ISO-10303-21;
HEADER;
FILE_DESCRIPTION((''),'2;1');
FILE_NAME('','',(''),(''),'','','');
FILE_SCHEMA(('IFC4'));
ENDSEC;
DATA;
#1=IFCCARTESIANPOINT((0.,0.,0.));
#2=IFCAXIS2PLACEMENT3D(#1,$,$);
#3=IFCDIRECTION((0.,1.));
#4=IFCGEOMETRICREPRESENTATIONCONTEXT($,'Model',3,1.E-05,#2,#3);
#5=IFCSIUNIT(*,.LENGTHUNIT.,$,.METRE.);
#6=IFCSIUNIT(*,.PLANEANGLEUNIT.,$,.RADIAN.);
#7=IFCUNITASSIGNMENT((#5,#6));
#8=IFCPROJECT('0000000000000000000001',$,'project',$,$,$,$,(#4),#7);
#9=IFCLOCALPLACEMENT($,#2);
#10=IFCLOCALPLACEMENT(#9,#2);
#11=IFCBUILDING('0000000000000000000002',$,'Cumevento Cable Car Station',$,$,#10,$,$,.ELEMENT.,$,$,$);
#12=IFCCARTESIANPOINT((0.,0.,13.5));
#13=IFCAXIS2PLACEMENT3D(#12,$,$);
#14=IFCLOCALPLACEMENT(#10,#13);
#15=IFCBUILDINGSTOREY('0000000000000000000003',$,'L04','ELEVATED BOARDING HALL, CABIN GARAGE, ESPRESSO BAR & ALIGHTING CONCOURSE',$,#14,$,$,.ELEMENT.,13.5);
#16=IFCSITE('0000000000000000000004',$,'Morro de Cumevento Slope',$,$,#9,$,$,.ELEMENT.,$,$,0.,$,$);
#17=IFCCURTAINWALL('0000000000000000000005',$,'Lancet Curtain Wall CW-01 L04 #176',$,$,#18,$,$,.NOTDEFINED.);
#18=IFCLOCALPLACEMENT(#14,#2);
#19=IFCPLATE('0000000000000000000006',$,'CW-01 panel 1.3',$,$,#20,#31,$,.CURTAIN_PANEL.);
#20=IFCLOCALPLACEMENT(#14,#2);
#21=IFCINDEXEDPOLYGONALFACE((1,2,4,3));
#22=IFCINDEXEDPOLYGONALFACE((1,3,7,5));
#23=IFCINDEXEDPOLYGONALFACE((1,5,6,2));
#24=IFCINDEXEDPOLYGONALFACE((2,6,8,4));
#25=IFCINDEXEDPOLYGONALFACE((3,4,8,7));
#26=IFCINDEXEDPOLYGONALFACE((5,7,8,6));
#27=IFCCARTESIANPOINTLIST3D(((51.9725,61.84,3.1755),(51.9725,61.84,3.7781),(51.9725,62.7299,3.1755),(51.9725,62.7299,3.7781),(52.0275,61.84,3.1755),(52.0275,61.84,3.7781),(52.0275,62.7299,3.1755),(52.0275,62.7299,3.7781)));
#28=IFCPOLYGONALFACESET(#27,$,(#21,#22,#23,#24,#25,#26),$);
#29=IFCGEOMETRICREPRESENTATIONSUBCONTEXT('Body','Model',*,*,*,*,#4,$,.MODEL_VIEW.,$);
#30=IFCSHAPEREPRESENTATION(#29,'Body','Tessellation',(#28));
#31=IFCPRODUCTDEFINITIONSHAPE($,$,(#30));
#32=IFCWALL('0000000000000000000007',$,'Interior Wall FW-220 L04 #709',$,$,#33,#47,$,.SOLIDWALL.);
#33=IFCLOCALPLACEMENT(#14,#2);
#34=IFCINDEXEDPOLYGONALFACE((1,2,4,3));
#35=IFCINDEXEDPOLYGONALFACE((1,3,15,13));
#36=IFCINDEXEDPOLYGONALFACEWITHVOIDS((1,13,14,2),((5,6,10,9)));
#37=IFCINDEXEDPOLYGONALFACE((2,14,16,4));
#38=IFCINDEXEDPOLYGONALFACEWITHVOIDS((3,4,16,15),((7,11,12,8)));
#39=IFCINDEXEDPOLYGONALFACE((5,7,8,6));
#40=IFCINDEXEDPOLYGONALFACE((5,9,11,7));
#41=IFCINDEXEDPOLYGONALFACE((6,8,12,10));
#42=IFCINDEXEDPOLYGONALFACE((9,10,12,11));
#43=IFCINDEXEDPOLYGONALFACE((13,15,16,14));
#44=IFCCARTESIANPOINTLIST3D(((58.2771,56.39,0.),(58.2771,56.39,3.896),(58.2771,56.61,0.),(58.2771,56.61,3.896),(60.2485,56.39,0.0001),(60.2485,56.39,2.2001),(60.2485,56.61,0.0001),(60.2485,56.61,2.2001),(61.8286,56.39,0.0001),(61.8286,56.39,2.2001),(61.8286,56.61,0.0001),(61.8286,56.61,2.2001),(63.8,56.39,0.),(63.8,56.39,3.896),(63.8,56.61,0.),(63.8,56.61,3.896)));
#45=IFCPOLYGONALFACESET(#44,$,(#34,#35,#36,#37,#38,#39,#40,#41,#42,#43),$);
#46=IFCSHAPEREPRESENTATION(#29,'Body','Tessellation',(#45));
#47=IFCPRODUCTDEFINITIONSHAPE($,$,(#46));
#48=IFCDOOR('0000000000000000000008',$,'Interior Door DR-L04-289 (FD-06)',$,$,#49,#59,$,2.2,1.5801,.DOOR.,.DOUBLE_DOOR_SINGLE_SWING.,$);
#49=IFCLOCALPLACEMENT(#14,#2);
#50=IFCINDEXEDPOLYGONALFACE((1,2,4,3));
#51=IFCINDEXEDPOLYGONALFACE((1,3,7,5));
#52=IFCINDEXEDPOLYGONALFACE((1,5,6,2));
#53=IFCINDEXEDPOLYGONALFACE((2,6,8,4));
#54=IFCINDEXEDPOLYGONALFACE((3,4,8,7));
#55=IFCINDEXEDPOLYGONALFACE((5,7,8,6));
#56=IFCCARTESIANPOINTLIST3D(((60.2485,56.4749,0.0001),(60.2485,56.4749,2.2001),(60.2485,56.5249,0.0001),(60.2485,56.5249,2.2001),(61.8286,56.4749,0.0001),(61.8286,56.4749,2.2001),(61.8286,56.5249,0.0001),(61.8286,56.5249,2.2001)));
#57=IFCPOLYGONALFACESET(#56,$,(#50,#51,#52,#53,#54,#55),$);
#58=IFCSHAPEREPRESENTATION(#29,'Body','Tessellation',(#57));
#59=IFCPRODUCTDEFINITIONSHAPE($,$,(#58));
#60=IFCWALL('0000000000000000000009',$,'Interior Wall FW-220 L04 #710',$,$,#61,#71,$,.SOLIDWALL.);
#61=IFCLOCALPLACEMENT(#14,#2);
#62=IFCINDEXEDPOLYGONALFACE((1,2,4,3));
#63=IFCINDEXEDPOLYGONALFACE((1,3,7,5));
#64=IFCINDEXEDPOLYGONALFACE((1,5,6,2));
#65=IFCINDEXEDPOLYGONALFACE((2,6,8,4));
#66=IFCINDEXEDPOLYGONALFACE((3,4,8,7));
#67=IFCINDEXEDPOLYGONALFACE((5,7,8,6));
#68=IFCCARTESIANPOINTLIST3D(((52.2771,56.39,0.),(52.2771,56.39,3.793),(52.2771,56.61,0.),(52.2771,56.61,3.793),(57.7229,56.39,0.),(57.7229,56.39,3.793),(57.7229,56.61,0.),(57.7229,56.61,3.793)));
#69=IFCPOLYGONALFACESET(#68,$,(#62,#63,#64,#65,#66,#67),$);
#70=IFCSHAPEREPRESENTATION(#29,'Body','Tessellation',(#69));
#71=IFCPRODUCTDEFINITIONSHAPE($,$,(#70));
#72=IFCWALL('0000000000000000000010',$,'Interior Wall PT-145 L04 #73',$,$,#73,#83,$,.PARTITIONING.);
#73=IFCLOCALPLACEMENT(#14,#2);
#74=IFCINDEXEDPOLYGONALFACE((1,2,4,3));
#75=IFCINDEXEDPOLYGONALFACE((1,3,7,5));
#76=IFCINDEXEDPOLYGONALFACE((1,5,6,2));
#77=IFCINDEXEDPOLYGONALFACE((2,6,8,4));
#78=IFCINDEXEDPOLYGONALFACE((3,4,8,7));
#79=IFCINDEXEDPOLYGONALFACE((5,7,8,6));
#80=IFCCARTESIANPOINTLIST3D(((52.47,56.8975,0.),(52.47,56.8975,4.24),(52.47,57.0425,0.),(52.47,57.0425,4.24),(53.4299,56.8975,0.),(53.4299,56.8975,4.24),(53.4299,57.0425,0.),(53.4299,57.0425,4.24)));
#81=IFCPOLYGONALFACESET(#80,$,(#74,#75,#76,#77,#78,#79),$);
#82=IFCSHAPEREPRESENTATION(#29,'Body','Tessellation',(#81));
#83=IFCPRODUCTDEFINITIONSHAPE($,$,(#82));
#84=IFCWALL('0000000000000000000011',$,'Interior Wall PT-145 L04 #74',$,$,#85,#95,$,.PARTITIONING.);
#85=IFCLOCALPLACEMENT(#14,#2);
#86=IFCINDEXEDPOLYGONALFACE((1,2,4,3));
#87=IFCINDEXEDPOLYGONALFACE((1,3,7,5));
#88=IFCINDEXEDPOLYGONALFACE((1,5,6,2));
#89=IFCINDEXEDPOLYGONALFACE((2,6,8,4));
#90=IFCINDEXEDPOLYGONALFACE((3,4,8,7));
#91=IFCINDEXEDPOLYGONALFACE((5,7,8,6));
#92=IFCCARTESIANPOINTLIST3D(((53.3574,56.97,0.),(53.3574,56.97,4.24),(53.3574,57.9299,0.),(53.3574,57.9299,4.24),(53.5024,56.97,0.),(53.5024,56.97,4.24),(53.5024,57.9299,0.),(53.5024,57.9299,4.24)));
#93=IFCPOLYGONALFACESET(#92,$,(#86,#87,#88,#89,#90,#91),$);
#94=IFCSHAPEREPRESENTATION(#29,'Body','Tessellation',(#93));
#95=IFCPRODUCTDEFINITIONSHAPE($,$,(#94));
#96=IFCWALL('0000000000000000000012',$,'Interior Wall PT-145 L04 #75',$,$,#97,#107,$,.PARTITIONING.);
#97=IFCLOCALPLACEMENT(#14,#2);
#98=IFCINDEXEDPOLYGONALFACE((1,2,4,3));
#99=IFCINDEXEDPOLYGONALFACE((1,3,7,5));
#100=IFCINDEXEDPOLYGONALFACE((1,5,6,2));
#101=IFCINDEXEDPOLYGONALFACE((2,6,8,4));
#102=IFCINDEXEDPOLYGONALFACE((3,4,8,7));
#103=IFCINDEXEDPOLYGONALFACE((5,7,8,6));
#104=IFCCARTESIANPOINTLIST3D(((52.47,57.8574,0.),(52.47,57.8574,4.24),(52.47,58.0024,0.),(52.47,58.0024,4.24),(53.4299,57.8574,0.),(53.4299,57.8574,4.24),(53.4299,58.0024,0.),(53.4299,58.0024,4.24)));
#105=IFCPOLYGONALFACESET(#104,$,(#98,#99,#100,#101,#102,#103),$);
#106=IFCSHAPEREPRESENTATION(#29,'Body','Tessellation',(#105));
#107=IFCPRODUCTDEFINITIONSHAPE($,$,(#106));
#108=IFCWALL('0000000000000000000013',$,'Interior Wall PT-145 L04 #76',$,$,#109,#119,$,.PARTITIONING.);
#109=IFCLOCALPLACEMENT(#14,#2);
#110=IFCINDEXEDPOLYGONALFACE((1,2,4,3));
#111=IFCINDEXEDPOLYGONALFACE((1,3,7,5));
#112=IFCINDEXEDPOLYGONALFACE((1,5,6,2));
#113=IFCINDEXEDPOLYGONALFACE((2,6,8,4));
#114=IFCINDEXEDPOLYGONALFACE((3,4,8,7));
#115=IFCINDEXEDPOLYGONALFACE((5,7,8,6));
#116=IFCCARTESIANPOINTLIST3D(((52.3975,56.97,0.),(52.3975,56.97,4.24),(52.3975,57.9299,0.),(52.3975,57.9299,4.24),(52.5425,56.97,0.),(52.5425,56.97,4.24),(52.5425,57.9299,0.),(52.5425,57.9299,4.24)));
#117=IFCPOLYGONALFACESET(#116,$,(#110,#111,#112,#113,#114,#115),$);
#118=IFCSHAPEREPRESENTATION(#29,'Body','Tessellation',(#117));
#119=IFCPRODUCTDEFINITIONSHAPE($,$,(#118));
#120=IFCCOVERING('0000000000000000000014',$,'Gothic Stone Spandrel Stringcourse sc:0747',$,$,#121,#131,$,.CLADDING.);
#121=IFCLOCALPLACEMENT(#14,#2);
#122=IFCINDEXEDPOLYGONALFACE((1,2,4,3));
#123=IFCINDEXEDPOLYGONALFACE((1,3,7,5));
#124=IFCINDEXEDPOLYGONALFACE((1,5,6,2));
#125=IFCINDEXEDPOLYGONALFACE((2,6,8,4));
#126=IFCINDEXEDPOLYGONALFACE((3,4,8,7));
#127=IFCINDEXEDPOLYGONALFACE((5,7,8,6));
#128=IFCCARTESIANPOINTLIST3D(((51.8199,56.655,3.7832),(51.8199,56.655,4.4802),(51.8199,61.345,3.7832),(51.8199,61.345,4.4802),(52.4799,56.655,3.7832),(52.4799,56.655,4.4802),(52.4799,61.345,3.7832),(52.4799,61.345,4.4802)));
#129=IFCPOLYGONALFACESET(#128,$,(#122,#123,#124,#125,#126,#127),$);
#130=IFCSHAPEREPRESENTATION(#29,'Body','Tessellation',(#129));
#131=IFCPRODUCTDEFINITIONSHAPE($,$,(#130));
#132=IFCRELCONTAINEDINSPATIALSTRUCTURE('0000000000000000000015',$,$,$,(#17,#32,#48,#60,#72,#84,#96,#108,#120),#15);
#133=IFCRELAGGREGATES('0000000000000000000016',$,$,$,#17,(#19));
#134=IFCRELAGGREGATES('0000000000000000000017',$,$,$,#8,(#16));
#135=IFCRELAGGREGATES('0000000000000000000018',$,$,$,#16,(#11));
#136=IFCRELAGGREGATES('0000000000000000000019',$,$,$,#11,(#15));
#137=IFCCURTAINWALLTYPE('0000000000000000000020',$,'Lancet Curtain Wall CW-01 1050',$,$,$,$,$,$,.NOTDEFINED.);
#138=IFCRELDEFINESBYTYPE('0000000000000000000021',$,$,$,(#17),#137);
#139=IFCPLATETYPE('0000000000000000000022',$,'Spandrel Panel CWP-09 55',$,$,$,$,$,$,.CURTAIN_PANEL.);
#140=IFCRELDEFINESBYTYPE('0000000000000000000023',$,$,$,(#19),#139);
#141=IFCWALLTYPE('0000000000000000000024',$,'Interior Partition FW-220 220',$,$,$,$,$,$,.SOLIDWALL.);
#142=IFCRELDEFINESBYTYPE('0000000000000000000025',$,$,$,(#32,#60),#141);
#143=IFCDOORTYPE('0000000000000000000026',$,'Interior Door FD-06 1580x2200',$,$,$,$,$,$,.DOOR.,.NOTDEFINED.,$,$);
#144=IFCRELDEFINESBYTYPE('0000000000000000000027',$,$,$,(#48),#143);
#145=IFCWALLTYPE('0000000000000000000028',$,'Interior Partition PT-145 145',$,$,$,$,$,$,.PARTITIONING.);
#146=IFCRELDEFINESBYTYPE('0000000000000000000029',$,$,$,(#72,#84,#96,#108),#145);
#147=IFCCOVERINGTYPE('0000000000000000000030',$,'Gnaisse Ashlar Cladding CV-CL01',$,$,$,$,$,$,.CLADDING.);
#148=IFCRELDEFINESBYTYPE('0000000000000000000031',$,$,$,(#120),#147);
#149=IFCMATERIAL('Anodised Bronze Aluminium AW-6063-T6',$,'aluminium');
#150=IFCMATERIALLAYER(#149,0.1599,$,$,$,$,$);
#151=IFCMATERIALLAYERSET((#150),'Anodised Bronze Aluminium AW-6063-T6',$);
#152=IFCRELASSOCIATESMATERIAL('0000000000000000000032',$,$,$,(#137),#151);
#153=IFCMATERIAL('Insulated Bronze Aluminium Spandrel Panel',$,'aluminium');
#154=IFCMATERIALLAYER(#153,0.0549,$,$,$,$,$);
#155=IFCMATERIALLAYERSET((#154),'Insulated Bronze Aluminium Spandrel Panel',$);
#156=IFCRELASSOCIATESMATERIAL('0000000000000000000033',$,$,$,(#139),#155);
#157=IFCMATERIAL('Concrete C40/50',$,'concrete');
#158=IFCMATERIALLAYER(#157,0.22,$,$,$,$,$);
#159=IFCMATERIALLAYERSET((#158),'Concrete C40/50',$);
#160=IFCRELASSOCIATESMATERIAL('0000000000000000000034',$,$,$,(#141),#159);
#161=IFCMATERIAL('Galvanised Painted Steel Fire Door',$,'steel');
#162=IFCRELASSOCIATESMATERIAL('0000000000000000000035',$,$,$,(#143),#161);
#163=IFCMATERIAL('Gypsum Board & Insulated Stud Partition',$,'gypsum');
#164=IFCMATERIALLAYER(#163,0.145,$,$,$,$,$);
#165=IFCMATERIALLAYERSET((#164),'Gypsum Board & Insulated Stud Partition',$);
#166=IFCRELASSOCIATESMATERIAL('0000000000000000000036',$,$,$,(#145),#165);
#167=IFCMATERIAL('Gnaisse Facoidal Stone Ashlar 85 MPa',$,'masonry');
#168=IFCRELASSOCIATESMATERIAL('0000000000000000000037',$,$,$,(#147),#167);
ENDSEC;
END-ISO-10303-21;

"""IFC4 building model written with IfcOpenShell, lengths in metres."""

from ifc_helpers import new_model, si_unit, direction, frame, frame_2d, origin, origin_2d, place, context, subcontext, project, spatial, rectangle, extrude, material, layer, layer_set, type_object, element, fill, aggregate, save


model = new_model("IFC4")

# Units and contexts
model_context = context("Model", 3, precision=1e-05, world=origin(), true_north=direction((0.0, 1.0)))
body_context = subcontext(model_context, "Body", "Model", "MODEL_VIEW")
ifc_project = project(units=[si_unit("LENGTHUNIT", "METRE"), si_unit("PLANEANGLEUNIT", "RADIAN")], contexts=[model_context])

# Site, building, storey
site_placement = place(None, origin())
site = spatial("IfcSite", under=ifc_project, at=site_placement, Name="Morro de Cumevento Slope", CompositionType="ELEMENT", RefElevation=0.0)
building_placement = place(site_placement, origin())
building = spatial("IfcBuilding", under=site, at=building_placement, Name="Cumevento Cable Car Station", CompositionType="ELEMENT")
storey_placement = place(building_placement, frame((0.0, 0.0, 13.5)))
storey = spatial("IfcBuildingStorey", under=building, at=storey_placement, Name="L04", Description="ELEVATED BOARDING HALL, CABIN GARAGE, ESPRESSO BAR & ALIGHTING CONCOURSE", CompositionType="ELEMENT", Elevation=13.5)

# Curtain wall
ifc_material_1 = material(Name="Anodised Bronze Aluminium AW-6063-T6", Category="aluminium")
ifc_layer_1 = layer(ifc_material_1, 0.1599)
ifc_layer_set_1 = layer_set([ifc_layer_1], Name="Anodised Bronze Aluminium AW-6063-T6")
curtain_wall_type = type_object("IfcCurtainWallType", Name="Lancet Curtain Wall CW-01 1050", PredefinedType="NOTDEFINED", material=ifc_layer_set_1)
curtain_wall_placement = place(storey_placement, origin())
curtain_wall = element("IfcCurtainWall", 1, at=curtain_wall_placement, inside=storey, type_object=curtain_wall_type, Name="Lancet Curtain Wall CW-01 L04 #176", PredefinedType="NOTDEFINED")

# Plate
ifc_material_2 = material(Name="Insulated Bronze Aluminium Spandrel Panel", Category="aluminium")
ifc_layer_2 = layer(ifc_material_2, 0.0549)
ifc_layer_set_2 = layer_set([ifc_layer_2], Name="Insulated Bronze Aluminium Spandrel Panel")
plate_type = type_object("IfcPlateType", Name="Spandrel Panel CWP-09 55", PredefinedType="CURTAIN_PANEL", material=ifc_layer_set_2)
plate_1_placement = place(storey_placement, frame((52.0, 62.2849, 3.1755), z_axis=(0.0, 0.0, 1.0), x_axis=(0.0, 1.0, 0.0)))
plate_1 = element("IfcPlate", 2, at=plate_1_placement, type_object=plate_type, Name="CW-01 panel 1.3", PredefinedType="CURTAIN_PANEL", context=body_context, shape_type="SweptSolid", body=[
    extrude(rectangle(XDim=0.8899, YDim=0.0549, at=origin_2d()), origin(), (0.0, 0.0, 1.0), 0.6025),
])
aggregate(curtain_wall, [plate_1])

# Wall, opening, door
ifc_material_3 = material(Name="Concrete C40/50", Category="concrete")
ifc_layer_3 = layer(ifc_material_3, 0.22)
ifc_layer_set_3 = layer_set([ifc_layer_3], Name="Concrete C40/50")
wall_type_1 = type_object("IfcWallType", Name="Interior Partition FW-220 220", PredefinedType="SOLIDWALL", material=ifc_layer_set_3)
wall_1_placement = place(storey_placement, frame((58.2771, 56.5, 0.0), z_axis=(0.0, 0.0, 1.0), x_axis=(1.0, 0.0, 0.0)))
wall_1 = element("IfcWall", 3, at=wall_1_placement, inside=storey, type_object=wall_type_1, Name="Interior Wall FW-220 L04 #709", PredefinedType="SOLIDWALL", context=body_context, shape_type="SweptSolid", body=[
    extrude(rectangle(XDim=5.5229, YDim=0.22, at=frame_2d((2.7615, 0.0))), origin(), (0.0, 0.0, 1.0), 3.896),
])
opening_placement = place(wall_1_placement, frame((1.9714, 0.0, 0.0)))
opening = element("IfcOpeningElement", 4, at=opening_placement, cuts=wall_1, PredefinedType="OPENING", context=body_context, shape_type="SweptSolid", body=[
    extrude(rectangle(XDim=1.5801, YDim=2.2, at=frame_2d((0.79, 1.1001))), frame((0.0, 0.1199, 0.0), z_axis=(0.0, -1.0, 0.0), x_axis=(1.0, 0.0, 0.0)), (0.0, 0.0, 1.0), 0.24),
])
ifc_material_4 = material(Name="Galvanised Painted Steel Fire Door", Category="steel")
door_type = type_object("IfcDoorType", Name="Interior Door FD-06 1580x2200", OperationType="NOTDEFINED", PredefinedType="DOOR", material=ifc_material_4)
door_placement = place(opening_placement, origin())
door = element("IfcDoor", 5, at=door_placement, inside=storey, type_object=door_type, Name="Interior Door DR-L04-289 (FD-06)", OperationType="DOUBLE_DOOR_SINGLE_SWING", OverallHeight=2.2, OverallWidth=1.5801, PredefinedType="DOOR", context=body_context, shape_type="SweptSolid", body=[
    extrude(rectangle(XDim=1.5801, YDim=2.2, at=frame_2d((0.79, 1.1001))), frame((0.0, 0.0249, 0.0), z_axis=(0.0, -1.0, 0.0), x_axis=(1.0, 0.0, 0.0)), (0.0, 0.0, 1.0), 0.05),
])
fill(opening, door)

# Walls
wall_2_placement = place(storey_placement, frame((52.2771, 56.5, 0.0), z_axis=(0.0, 0.0, 1.0), x_axis=(1.0, 0.0, 0.0)))
element("IfcWall", 6, at=wall_2_placement, inside=storey, type_object=wall_type_1, Name="Interior Wall FW-220 L04 #710", PredefinedType="SOLIDWALL", context=body_context, shape_type="SweptSolid", body=[
    extrude(rectangle(XDim=5.4458, YDim=0.22, at=frame_2d((2.7229, 0.0))), origin(), (0.0, 0.0, 1.0), 3.793),
])
ifc_material_5 = material(Name="Gypsum Board & Insulated Stud Partition", Category="gypsum")
ifc_layer_4 = layer(ifc_material_5, 0.145)
ifc_layer_set_4 = layer_set([ifc_layer_4], Name="Gypsum Board & Insulated Stud Partition")
wall_type_2 = type_object("IfcWallType", Name="Interior Partition PT-145 145", PredefinedType="PARTITIONING", material=ifc_layer_set_4)
for number, where, z_axis, x_axis, name in (
    (7, (52.47, 56.97, 0.0), (0.0, 0.0, 1.0), (1.0, 0.0, 0.0), "Interior Wall PT-145 L04 #73"),
    (8, (53.4299, 56.97, 0.0), (0.0, 0.0, 1.0), (0.0, 1.0, 0.0), "Interior Wall PT-145 L04 #74"),
    (9, (53.4299, 57.9299, 0.0), (0.0, 0.0, 1.0), (-1.0, 0.0, 0.0), "Interior Wall PT-145 L04 #75"),
    (10, (52.47, 57.9299, 0.0), (0.0, 0.0, 1.0), (0.0, -1.0, 0.0), "Interior Wall PT-145 L04 #76"),
):
    element("IfcWall", number, at=place(storey_placement, frame(where, z_axis=z_axis, x_axis=x_axis)), inside=storey, type_object=wall_type_2, Name=name, PredefinedType="PARTITIONING", context=body_context, shape_type="SweptSolid", body=[
        extrude(rectangle(XDim=0.96, YDim=0.145, at=frame_2d((0.48, 0.0))), origin(), (0.0, 0.0, 1.0), 4.24),
    ])

# Covering
ifc_material_6 = material(Name="Gnaisse Facoidal Stone Ashlar 85 MPa", Category="masonry")
covering_type = type_object("IfcCoveringType", Name="Gnaisse Ashlar Cladding CV-CL01", PredefinedType="CLADDING", material=ifc_material_6)
covering_placement = place(storey_placement, frame((52.1499, 59.0, 3.7832), z_axis=(0.0, 0.0, 1.0), x_axis=(0.0, 1.0, 0.0)))
element("IfcCovering", 11, at=covering_placement, inside=storey, type_object=covering_type, Name="Gothic Stone Spandrel Stringcourse sc:0747", PredefinedType="CLADDING", context=body_context, shape_type="SweptSolid", body=[
    extrude(rectangle(XDim=4.6899, YDim=0.6599, at=origin_2d()), origin(), (0.0, 0.0, 1.0), 0.697),
])

save(model, "model.ifc")
